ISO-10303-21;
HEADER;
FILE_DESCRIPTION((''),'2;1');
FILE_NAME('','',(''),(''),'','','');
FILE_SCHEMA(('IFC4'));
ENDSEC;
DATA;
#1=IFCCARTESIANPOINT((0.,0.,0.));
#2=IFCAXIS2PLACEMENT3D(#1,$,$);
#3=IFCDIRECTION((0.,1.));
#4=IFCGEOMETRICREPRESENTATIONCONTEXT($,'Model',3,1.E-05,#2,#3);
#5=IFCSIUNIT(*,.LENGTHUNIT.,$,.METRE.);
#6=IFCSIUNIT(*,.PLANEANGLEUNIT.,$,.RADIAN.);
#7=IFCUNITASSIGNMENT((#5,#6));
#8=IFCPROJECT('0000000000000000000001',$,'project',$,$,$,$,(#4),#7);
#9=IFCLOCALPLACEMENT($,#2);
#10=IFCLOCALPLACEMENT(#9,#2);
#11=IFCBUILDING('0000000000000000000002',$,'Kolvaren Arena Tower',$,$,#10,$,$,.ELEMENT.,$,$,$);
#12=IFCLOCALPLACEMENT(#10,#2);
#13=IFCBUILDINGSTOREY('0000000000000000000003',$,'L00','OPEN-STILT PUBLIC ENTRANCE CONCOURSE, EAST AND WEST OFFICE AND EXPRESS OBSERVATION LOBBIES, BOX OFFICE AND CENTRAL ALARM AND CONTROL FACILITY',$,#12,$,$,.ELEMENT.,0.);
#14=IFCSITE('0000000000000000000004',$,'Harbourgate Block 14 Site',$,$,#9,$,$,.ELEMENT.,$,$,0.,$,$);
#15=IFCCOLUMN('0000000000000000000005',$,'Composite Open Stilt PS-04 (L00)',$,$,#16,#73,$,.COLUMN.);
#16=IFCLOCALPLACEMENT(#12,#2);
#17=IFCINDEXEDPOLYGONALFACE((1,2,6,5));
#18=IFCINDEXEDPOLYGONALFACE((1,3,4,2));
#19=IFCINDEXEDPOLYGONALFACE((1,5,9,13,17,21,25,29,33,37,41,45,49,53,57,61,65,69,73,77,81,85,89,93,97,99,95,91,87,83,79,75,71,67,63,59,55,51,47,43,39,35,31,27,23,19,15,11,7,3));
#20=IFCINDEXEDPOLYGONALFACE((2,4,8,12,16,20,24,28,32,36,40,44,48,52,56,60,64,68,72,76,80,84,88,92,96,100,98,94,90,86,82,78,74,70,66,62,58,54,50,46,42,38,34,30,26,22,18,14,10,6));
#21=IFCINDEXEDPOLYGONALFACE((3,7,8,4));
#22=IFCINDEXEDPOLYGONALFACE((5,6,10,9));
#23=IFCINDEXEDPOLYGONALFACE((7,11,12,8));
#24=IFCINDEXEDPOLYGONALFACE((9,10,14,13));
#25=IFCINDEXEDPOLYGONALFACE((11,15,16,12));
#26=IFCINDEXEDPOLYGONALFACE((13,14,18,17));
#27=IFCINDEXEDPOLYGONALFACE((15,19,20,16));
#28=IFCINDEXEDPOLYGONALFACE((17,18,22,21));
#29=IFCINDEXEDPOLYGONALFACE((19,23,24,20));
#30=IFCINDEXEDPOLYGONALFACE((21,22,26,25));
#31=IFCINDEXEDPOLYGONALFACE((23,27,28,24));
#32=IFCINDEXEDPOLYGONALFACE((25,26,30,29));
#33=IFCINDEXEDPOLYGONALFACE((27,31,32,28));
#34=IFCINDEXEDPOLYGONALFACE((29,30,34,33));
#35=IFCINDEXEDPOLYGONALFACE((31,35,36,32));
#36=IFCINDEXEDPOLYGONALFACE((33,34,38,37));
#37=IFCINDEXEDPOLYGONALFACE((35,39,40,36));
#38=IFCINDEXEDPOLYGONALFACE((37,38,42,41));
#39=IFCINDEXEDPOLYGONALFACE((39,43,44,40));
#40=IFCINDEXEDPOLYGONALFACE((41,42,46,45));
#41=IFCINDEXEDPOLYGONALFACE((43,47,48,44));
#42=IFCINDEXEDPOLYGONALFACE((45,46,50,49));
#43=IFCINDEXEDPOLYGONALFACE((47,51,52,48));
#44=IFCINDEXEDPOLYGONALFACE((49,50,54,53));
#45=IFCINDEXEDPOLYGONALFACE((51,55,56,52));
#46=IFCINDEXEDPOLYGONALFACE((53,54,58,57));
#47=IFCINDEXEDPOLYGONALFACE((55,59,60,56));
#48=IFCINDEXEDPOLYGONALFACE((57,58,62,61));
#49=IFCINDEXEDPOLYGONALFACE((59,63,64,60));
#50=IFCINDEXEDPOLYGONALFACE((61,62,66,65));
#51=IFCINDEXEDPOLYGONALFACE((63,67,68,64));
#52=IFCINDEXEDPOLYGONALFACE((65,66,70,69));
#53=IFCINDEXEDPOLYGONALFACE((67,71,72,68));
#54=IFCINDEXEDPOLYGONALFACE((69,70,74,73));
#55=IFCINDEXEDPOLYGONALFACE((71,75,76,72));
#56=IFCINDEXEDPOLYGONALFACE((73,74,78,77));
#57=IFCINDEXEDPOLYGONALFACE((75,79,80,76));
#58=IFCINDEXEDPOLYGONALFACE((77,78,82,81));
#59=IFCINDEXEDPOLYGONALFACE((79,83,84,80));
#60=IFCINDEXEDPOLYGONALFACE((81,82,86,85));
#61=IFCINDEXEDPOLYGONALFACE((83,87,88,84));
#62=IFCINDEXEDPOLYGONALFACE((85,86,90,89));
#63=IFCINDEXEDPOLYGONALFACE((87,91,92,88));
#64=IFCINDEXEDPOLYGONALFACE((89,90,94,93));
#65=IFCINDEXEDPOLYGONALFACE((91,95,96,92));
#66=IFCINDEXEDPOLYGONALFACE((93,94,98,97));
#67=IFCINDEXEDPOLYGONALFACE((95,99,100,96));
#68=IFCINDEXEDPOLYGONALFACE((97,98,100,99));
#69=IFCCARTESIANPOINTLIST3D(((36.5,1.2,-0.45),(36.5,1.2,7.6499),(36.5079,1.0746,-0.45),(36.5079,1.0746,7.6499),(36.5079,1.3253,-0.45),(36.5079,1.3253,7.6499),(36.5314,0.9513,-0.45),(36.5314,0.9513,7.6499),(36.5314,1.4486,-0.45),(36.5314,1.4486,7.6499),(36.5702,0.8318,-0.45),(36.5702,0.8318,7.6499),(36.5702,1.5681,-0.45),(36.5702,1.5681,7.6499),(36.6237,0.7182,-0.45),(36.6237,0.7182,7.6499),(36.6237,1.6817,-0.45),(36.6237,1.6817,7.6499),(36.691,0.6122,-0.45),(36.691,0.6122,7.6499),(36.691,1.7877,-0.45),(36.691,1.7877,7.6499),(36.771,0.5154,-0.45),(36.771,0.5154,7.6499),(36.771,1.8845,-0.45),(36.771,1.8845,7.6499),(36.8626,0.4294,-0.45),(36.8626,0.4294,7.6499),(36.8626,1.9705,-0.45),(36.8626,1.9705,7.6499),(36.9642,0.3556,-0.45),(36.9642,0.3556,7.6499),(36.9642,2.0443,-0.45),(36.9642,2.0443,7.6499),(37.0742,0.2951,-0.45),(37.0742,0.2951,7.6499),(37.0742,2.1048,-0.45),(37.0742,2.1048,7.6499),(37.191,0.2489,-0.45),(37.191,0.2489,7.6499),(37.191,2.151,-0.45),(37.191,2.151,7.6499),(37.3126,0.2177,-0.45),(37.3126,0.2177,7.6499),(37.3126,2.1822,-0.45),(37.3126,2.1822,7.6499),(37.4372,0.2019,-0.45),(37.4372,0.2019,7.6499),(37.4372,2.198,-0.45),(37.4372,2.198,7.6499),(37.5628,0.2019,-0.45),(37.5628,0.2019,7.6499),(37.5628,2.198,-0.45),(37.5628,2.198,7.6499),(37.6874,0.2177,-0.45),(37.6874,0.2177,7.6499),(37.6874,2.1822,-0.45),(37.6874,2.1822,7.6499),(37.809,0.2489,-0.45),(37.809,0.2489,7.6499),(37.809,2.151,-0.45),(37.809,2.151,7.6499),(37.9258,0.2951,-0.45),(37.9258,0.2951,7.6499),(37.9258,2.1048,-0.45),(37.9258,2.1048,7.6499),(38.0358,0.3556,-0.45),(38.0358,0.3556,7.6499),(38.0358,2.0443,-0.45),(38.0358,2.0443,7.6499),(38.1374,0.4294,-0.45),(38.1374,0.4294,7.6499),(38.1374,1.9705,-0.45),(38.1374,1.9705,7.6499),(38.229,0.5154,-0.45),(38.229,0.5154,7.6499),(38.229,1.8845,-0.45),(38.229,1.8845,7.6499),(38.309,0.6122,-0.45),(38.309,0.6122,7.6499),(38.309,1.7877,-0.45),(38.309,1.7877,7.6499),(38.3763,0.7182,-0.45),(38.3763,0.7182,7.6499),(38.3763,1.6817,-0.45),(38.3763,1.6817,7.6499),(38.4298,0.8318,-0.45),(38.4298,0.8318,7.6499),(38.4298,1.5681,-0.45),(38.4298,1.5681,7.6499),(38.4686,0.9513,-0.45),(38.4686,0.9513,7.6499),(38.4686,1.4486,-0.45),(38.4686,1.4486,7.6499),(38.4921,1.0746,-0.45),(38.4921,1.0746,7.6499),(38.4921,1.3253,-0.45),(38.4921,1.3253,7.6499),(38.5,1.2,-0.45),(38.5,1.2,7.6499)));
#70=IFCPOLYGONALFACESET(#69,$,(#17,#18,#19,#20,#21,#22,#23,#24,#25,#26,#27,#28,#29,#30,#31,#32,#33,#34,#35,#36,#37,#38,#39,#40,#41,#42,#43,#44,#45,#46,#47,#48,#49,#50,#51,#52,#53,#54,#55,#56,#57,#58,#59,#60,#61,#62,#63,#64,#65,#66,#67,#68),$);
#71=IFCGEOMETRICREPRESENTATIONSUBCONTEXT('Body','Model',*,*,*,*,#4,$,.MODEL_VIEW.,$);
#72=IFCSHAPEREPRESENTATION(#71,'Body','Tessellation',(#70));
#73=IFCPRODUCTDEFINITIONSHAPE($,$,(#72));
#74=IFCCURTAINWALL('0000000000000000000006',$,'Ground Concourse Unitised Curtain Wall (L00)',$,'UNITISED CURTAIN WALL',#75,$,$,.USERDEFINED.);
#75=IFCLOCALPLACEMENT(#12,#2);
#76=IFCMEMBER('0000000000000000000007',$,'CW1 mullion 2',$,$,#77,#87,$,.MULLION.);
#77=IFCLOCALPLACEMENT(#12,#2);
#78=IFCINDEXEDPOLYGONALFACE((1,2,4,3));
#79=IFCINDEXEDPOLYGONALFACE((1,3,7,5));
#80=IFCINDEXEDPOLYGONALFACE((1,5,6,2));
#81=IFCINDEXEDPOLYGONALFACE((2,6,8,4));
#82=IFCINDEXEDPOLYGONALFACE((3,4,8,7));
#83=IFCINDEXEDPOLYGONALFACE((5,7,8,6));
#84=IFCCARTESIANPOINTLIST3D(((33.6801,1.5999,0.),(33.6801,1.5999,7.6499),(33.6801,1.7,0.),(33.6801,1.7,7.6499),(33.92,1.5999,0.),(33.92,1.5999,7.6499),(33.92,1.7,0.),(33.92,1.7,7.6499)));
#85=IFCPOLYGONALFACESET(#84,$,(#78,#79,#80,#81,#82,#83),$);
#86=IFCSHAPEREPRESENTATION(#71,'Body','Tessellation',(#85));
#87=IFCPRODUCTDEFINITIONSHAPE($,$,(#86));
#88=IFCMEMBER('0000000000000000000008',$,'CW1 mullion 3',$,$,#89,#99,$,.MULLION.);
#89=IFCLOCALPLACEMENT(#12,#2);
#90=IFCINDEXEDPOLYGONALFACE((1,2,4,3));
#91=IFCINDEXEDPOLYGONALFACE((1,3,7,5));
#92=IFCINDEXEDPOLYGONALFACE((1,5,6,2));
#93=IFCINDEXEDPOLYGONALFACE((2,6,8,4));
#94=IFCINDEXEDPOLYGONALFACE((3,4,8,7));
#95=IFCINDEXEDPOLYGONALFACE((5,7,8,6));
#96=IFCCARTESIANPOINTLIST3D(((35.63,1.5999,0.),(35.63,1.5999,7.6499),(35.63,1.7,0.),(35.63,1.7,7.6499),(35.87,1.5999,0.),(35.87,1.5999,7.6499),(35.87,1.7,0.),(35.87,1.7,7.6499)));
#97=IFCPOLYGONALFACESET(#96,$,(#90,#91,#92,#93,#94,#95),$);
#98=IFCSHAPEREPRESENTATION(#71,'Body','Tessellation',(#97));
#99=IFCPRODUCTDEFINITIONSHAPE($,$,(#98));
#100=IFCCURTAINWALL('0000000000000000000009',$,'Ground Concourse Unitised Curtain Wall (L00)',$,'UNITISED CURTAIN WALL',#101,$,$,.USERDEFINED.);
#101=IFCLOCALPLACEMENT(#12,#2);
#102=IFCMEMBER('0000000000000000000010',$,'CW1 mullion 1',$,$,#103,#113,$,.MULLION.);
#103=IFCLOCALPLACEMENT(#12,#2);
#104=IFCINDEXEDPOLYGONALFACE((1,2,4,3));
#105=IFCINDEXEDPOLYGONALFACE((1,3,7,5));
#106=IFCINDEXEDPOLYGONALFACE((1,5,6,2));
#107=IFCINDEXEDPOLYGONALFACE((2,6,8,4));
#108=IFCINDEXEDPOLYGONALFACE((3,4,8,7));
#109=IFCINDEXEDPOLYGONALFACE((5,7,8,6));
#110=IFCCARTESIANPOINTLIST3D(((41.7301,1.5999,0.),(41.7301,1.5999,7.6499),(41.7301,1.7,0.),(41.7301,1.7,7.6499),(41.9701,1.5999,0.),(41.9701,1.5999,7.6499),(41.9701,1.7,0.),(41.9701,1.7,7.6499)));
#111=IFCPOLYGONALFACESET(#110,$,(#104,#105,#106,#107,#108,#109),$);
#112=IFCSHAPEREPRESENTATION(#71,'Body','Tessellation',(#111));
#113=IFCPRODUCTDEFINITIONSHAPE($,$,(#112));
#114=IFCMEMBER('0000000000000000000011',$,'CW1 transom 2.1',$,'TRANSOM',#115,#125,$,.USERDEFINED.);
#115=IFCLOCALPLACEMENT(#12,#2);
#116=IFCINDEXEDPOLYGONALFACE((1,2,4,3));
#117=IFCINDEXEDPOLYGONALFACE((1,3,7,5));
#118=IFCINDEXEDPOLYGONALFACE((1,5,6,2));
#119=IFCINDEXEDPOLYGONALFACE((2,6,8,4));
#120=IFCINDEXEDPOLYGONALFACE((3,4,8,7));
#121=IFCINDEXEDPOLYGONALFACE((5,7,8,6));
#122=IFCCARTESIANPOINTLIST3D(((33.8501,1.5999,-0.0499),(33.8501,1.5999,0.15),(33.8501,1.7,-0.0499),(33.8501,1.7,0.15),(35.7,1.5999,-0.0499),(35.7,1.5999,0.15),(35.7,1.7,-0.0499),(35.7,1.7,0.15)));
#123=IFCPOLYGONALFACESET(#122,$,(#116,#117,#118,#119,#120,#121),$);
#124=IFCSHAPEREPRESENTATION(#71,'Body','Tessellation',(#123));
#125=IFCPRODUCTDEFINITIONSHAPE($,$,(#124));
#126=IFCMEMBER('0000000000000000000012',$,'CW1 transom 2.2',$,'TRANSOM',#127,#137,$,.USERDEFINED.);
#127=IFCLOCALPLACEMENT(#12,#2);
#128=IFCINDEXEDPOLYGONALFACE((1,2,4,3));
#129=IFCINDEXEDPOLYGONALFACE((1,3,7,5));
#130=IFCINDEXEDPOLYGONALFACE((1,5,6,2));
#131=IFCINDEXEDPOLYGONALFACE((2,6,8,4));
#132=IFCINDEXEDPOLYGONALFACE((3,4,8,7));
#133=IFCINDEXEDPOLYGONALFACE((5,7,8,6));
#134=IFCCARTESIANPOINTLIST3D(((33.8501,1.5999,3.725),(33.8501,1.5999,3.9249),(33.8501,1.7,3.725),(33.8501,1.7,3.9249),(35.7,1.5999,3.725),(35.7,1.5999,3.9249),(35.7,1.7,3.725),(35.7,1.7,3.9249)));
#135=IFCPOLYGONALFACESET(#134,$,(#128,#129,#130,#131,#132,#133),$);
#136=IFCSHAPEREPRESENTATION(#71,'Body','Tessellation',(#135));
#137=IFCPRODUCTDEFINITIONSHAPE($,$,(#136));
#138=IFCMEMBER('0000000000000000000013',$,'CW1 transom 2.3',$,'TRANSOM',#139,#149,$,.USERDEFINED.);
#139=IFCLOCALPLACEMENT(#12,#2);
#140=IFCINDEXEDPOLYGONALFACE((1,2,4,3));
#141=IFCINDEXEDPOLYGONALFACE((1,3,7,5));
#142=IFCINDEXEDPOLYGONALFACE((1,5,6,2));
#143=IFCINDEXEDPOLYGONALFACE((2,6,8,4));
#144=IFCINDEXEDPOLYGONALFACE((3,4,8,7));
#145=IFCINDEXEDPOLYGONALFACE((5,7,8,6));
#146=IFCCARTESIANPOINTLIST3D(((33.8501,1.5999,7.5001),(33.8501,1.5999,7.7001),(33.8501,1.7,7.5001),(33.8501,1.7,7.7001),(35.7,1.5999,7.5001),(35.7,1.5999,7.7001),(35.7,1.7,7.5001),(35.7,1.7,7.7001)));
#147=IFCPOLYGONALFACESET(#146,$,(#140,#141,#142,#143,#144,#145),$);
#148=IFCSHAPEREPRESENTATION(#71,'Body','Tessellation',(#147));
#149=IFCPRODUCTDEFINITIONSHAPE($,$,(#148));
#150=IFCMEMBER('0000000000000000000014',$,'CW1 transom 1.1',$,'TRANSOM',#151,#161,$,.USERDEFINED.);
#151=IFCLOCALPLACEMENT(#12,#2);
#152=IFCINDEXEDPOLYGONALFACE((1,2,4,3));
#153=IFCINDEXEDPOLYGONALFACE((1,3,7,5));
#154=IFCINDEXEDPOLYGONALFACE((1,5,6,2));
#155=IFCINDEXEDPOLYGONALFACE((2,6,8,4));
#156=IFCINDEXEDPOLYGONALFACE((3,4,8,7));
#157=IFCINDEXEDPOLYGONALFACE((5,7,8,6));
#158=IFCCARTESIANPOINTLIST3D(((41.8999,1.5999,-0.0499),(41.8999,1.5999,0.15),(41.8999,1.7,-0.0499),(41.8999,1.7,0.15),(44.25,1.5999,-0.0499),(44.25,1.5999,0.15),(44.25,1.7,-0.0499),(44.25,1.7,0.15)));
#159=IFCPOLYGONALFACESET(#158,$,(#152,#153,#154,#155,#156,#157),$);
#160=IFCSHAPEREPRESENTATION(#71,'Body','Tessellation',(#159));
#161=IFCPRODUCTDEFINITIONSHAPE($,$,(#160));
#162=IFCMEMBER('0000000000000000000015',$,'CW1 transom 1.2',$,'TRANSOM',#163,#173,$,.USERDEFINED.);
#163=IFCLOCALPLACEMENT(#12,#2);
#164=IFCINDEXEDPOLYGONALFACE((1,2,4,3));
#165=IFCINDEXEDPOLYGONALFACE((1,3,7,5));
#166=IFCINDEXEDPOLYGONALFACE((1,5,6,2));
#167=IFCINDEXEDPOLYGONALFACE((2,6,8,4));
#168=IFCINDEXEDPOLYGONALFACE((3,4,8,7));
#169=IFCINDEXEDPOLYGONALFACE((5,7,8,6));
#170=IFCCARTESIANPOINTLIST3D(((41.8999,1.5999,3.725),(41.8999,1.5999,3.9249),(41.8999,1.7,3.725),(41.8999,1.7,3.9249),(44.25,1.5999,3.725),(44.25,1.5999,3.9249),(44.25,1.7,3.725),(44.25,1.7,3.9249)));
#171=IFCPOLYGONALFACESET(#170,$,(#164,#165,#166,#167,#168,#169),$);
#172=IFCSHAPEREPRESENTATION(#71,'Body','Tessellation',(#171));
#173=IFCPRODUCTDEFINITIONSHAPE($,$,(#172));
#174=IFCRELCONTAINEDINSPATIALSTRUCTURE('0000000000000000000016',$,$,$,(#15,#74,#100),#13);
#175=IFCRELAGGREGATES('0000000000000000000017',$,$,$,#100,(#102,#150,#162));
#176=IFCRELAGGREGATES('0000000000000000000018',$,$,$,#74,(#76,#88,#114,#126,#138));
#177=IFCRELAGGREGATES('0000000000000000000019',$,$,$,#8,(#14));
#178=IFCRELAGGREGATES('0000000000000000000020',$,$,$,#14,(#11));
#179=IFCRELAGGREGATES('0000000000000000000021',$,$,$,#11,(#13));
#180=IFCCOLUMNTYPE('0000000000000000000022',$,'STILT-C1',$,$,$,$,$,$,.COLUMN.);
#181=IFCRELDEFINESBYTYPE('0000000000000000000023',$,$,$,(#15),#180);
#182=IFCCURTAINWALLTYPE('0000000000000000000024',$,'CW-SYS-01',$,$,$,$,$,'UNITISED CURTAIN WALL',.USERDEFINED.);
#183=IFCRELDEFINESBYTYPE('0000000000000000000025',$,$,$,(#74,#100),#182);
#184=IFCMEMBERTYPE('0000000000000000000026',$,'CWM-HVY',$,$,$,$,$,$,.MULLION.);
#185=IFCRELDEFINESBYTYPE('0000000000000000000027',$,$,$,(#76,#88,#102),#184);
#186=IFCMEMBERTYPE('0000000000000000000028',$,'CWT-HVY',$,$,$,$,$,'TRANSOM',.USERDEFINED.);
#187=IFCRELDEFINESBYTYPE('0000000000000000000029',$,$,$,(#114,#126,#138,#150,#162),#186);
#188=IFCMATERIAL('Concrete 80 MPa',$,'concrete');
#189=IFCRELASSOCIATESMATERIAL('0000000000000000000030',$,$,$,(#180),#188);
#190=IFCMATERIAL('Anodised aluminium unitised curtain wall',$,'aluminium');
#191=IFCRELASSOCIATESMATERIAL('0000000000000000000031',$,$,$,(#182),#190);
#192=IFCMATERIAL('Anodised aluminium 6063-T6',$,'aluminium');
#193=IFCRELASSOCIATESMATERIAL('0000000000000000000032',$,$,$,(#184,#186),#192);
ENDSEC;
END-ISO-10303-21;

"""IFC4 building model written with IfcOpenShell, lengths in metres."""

from ifc_helpers import new_model, si_unit, direction, frame, origin, origin_2d, place, context, subcontext, project, spatial, rectangle, circle, extrude, material, material_profile, profile_set, type_object, element, aggregate, save


model = new_model("IFC4")

# Units and contexts
model_context = context("Model", 3, precision=1e-05, world=origin(), true_north=direction((0.0, 1.0)))
body_context = subcontext(model_context, "Body", "Model", "MODEL_VIEW")
ifc_project = project(units=[si_unit("LENGTHUNIT", "METRE"), si_unit("PLANEANGLEUNIT", "RADIAN")], contexts=[model_context])

# Site, building, storey
site_placement = place(None, origin())
site = spatial("IfcSite", under=ifc_project, at=site_placement, Name="Harbourgate Block 14 Site", CompositionType="ELEMENT", RefElevation=0.0)
building_placement = place(site_placement, origin())
building = spatial("IfcBuilding", under=site, at=building_placement, Name="Kolvaren Arena Tower", CompositionType="ELEMENT")
storey_placement = place(building_placement, origin())
storey = spatial("IfcBuildingStorey", under=building, at=storey_placement, Name="L00", Description="OPEN-STILT PUBLIC ENTRANCE CONCOURSE, EAST AND WEST OFFICE AND EXPRESS OBSERVATION LOBBIES, BOX OFFICE AND CENTRAL ALARM AND CONTROL FACILITY", CompositionType="ELEMENT", Elevation=0.0)

# Column
ifc_material_1 = material(Name="Concrete 80 MPa", Category="concrete")
ifc_material_profile_1 = material_profile(ifc_material_1, circle(Radius=1.0, at=origin_2d()), Name="RC-CIRC-2000")
ifc_profile_set_1 = profile_set([ifc_material_profile_1], Name="Concrete 80 MPa")
column_type = type_object("IfcColumnType", Name="STILT-C1", PredefinedType="COLUMN", material=ifc_profile_set_1)
column_placement = place(storey_placement, frame((37.5, 1.2, -0.45), z_axis=(0.0, 0.0, 1.0), x_axis=(1.0, 0.0, 0.0)))
element("IfcColumn", 1, at=column_placement, inside=storey, type_object=column_type, Name="Composite Open Stilt PS-04 (L00)", PredefinedType="COLUMN", context=body_context, shape_type="SweptSolid", body=[
    extrude(circle(Radius=1.0, at=origin_2d()), origin(), (0.0, 0.0, 1.0), 8.0999),
])

# Curtain wall, members
ifc_material_2 = material(Name="Anodised aluminium unitised curtain wall", Category="aluminium")
curtain_wall_type = type_object("IfcCurtainWallType", Name="CW-SYS-01", ElementType="UNITISED CURTAIN WALL", PredefinedType="USERDEFINED", material=ifc_material_2)
curtain_wall_1_placement = place(storey_placement, origin())
curtain_wall_1 = element("IfcCurtainWall", 2, at=curtain_wall_1_placement, inside=storey, type_object=curtain_wall_type, Name="Ground Concourse Unitised Curtain Wall (L00)", ObjectType="UNITISED CURTAIN WALL", PredefinedType="USERDEFINED")
ifc_material_3 = material(Name="Anodised aluminium 6063-T6", Category="aluminium")
ifc_material_profile_2 = material_profile(ifc_material_3, rectangle(XDim=0.1001, YDim=0.24, at=origin_2d()), Name="ALU-100x240")
ifc_profile_set_2 = profile_set([ifc_material_profile_2], Name="Anodised aluminium 6063-T6")
member_type_1 = type_object("IfcMemberType", Name="CWM-HVY", PredefinedType="MULLION", material=ifc_profile_set_2)
member_1_placement = place(storey_placement, frame((33.8, 1.6499, 0.0), z_axis=(0.0, 0.0, 1.0), x_axis=(0.0, 1.0, 0.0)))
member_1 = element("IfcMember", 3, at=member_1_placement, type_object=member_type_1, Name="CW1 mullion 2", PredefinedType="MULLION", context=body_context, shape_type="SweptSolid", body=[
    extrude(rectangle(XDim=0.1001, YDim=0.24, at=origin_2d()), origin(), (0.0, 0.0, 1.0), 7.6499),
])
member_2_placement = place(storey_placement, frame((35.75, 1.6499, 0.0), z_axis=(0.0, 0.0, 1.0), x_axis=(0.0, 1.0, 0.0)))
member_2 = element("IfcMember", 4, at=member_2_placement, type_object=member_type_1, Name="CW1 mullion 3", PredefinedType="MULLION", context=body_context, shape_type="SweptSolid", body=[
    extrude(rectangle(XDim=0.1001, YDim=0.24, at=origin_2d()), origin(), (0.0, 0.0, 1.0), 7.6499),
])

# Curtain wall, member
curtain_wall_2_placement = place(storey_placement, origin())
curtain_wall_2 = element("IfcCurtainWall", 5, at=curtain_wall_2_placement, inside=storey, type_object=curtain_wall_type, Name="Ground Concourse Unitised Curtain Wall (L00)", ObjectType="UNITISED CURTAIN WALL", PredefinedType="USERDEFINED")
member_3_placement = place(storey_placement, frame((41.8501, 1.6499, 0.0), z_axis=(0.0, 0.0, 1.0), x_axis=(0.0, 1.0, 0.0)))
member_3 = element("IfcMember", 6, at=member_3_placement, type_object=member_type_1, Name="CW1 mullion 1", PredefinedType="MULLION", context=body_context, shape_type="SweptSolid", body=[
    extrude(rectangle(XDim=0.1001, YDim=0.24, at=origin_2d()), origin(), (0.0, 0.0, 1.0), 7.6499),
])

# Members
ifc_material_profile_3 = material_profile(ifc_material_3, rectangle(XDim=0.1001, YDim=0.2, at=origin_2d()), Name="ALU-100x200")
ifc_profile_set_3 = profile_set([ifc_material_profile_3], Name="Anodised aluminium 6063-T6")
member_type_2 = type_object("IfcMemberType", Name="CWT-HVY", ElementType="TRANSOM", PredefinedType="USERDEFINED", material=ifc_profile_set_3)
member_4_placement = place(storey_placement, frame((33.8501, 1.6499, 0.05), z_axis=(1.0, 0.0, 0.0), x_axis=(0.0, 1.0, 0.0)))
member_4 = element("IfcMember", 7, at=member_4_placement, type_object=member_type_2, Name="CW1 transom 2.1", ObjectType="TRANSOM", PredefinedType="USERDEFINED", context=body_context, shape_type="SweptSolid", body=[
    extrude(rectangle(XDim=0.1001, YDim=0.2, at=origin_2d()), origin(), (0.0, 0.0, 1.0), 1.8499),
])
member_5_placement = place(storey_placement, frame((33.8501, 1.6499, 3.825), z_axis=(1.0, 0.0, 0.0), x_axis=(0.0, 1.0, 0.0)))
member_5 = element("IfcMember", 8, at=member_5_placement, type_object=member_type_2, Name="CW1 transom 2.2", ObjectType="TRANSOM", PredefinedType="USERDEFINED", context=body_context, shape_type="SweptSolid", body=[
    extrude(rectangle(XDim=0.1001, YDim=0.2, at=origin_2d()), origin(), (0.0, 0.0, 1.0), 1.8499),
])
member_6_placement = place(storey_placement, frame((33.8501, 1.6499, 7.6001), z_axis=(1.0, 0.0, 0.0), x_axis=(0.0, 1.0, 0.0)))
member_6 = element("IfcMember", 9, at=member_6_placement, type_object=member_type_2, Name="CW1 transom 2.3", ObjectType="TRANSOM", PredefinedType="USERDEFINED", context=body_context, shape_type="SweptSolid", body=[
    extrude(rectangle(XDim=0.1001, YDim=0.2, at=origin_2d()), origin(), (0.0, 0.0, 1.0), 1.8499),
])
member_7_placement = place(storey_placement, frame((41.8999, 1.6499, 0.05), z_axis=(1.0, 0.0, 0.0), x_axis=(0.0, 1.0, 0.0)))
member_7 = element("IfcMember", 10, at=member_7_placement, type_object=member_type_2, Name="CW1 transom 1.1", ObjectType="TRANSOM", PredefinedType="USERDEFINED", context=body_context, shape_type="SweptSolid", body=[
    extrude(rectangle(XDim=0.1001, YDim=0.2, at=origin_2d()), origin(), (0.0, 0.0, 1.0), 2.3501),
])
member_8_placement = place(storey_placement, frame((41.8999, 1.6499, 3.825), z_axis=(1.0, 0.0, 0.0), x_axis=(0.0, 1.0, 0.0)))
member_8 = element("IfcMember", 11, at=member_8_placement, type_object=member_type_2, Name="CW1 transom 1.2", ObjectType="TRANSOM", PredefinedType="USERDEFINED", context=body_context, shape_type="SweptSolid", body=[
    extrude(rectangle(XDim=0.1001, YDim=0.2, at=origin_2d()), origin(), (0.0, 0.0, 1.0), 2.3501),
])
aggregate(curtain_wall_2, [member_3, member_7, member_8])

aggregate(curtain_wall_1, [member_1, member_2, member_4, member_5, member_6])

save(model, "model.ifc")
